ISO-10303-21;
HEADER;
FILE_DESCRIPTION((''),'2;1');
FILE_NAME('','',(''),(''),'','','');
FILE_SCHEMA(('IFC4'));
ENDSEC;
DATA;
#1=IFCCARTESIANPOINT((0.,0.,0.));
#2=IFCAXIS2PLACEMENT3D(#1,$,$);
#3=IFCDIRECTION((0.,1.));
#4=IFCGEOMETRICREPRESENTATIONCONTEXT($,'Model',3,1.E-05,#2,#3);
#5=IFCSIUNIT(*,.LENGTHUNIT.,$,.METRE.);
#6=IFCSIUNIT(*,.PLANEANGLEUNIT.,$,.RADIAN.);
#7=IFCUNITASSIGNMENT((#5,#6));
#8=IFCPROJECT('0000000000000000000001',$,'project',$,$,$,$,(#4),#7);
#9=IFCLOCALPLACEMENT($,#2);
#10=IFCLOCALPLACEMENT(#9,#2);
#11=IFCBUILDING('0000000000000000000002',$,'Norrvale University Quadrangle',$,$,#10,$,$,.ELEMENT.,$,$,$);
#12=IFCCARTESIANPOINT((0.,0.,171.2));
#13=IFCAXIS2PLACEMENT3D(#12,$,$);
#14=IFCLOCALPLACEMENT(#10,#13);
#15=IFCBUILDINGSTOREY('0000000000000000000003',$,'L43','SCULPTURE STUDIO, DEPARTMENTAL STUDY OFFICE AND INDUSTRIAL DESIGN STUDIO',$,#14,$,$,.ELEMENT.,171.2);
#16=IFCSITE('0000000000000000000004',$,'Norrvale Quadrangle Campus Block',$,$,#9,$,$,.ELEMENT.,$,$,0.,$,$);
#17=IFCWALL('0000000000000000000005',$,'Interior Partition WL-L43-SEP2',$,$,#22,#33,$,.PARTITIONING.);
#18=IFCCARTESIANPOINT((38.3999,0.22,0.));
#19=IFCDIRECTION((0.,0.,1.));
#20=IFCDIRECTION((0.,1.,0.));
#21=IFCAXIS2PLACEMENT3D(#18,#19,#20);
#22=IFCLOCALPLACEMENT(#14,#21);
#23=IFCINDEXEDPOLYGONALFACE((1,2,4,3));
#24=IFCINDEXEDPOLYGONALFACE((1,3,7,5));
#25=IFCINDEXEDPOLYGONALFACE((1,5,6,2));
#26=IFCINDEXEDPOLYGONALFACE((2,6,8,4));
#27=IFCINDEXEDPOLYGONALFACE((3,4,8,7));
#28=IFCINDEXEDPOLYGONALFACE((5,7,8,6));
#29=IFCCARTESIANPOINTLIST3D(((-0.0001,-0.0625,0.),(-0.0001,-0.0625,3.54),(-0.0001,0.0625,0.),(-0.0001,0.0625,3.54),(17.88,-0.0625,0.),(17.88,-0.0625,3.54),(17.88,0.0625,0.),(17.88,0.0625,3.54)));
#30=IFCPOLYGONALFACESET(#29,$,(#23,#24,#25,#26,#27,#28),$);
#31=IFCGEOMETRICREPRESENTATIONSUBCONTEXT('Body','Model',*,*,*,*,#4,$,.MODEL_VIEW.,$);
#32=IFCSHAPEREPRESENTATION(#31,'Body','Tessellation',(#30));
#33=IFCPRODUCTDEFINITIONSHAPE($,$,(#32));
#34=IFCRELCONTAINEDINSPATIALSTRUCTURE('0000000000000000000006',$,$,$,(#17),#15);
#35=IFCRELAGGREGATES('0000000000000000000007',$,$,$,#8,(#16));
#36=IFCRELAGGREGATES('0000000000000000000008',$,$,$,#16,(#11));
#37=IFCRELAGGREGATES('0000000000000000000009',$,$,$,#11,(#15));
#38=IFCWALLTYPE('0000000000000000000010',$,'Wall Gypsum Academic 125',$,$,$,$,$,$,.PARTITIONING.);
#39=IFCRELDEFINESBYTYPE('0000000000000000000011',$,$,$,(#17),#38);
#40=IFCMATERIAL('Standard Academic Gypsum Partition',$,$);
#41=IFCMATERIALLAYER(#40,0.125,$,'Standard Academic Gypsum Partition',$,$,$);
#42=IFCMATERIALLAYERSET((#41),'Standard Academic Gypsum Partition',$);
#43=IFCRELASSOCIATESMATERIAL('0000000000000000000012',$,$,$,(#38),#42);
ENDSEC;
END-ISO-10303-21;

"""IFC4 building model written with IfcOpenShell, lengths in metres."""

from ifc_helpers import new_model, si_unit, direction, frame, frame_2d, origin, place, context, subcontext, project, spatial, rectangle, extrude, material, layer, layer_set, type_object, element, save


model = new_model("IFC4")

# Units and contexts
model_context = context("Model", 3, precision=1e-05, world=origin(), true_north=direction((0.0, 1.0)))
body_context = subcontext(model_context, "Body", "Model", "MODEL_VIEW")
ifc_project = project(units=[si_unit("LENGTHUNIT", "METRE"), si_unit("PLANEANGLEUNIT", "RADIAN")], contexts=[model_context])

# Site, building, storey
site_placement = place(None, origin())
site = spatial("IfcSite", under=ifc_project, at=site_placement, Name="Norrvale Quadrangle Campus Block", CompositionType="ELEMENT", RefElevation=0.0)
building_placement = place(site_placement, origin())
building = spatial("IfcBuilding", under=site, at=building_placement, Name="Norrvale University Quadrangle", CompositionType="ELEMENT")
storey_placement = place(building_placement, frame((0.0, 0.0, 171.2)))
storey = spatial("IfcBuildingStorey", under=building, at=storey_placement, Name="L43", Description="SCULPTURE STUDIO, DEPARTMENTAL STUDY OFFICE AND INDUSTRIAL DESIGN STUDIO", CompositionType="ELEMENT", Elevation=171.2)

# Wall
ifc_material_1 = material(Name="Standard Academic Gypsum Partition")
ifc_layer_1 = layer(ifc_material_1, 0.125, Name="Standard Academic Gypsum Partition")
ifc_layer_set_1 = layer_set([ifc_layer_1], Name="Standard Academic Gypsum Partition")
wall_type_1 = type_object("IfcWallType", Name="Wall Gypsum Academic 125", PredefinedType="PARTITIONING", material=ifc_layer_set_1)
wall_1_placement = place(storey_placement, frame((38.3999, 0.22, 0.0), z_axis=(0.0, 0.0, 1.0), x_axis=(0.0, 1.0, 0.0)))
element("IfcWall", 1, at=wall_1_placement, inside=storey, type_object=wall_type_1, Name="Interior Partition WL-L43-SEP2", PredefinedType="PARTITIONING", context=body_context, shape_type="SweptSolid", body=[
    extrude(rectangle(XDim=17.8801, YDim=0.125, at=frame_2d((8.9399, 0.0))), origin(), (0.0, 0.0, 1.0), 3.54),
])

save(model, "model.ifc")
